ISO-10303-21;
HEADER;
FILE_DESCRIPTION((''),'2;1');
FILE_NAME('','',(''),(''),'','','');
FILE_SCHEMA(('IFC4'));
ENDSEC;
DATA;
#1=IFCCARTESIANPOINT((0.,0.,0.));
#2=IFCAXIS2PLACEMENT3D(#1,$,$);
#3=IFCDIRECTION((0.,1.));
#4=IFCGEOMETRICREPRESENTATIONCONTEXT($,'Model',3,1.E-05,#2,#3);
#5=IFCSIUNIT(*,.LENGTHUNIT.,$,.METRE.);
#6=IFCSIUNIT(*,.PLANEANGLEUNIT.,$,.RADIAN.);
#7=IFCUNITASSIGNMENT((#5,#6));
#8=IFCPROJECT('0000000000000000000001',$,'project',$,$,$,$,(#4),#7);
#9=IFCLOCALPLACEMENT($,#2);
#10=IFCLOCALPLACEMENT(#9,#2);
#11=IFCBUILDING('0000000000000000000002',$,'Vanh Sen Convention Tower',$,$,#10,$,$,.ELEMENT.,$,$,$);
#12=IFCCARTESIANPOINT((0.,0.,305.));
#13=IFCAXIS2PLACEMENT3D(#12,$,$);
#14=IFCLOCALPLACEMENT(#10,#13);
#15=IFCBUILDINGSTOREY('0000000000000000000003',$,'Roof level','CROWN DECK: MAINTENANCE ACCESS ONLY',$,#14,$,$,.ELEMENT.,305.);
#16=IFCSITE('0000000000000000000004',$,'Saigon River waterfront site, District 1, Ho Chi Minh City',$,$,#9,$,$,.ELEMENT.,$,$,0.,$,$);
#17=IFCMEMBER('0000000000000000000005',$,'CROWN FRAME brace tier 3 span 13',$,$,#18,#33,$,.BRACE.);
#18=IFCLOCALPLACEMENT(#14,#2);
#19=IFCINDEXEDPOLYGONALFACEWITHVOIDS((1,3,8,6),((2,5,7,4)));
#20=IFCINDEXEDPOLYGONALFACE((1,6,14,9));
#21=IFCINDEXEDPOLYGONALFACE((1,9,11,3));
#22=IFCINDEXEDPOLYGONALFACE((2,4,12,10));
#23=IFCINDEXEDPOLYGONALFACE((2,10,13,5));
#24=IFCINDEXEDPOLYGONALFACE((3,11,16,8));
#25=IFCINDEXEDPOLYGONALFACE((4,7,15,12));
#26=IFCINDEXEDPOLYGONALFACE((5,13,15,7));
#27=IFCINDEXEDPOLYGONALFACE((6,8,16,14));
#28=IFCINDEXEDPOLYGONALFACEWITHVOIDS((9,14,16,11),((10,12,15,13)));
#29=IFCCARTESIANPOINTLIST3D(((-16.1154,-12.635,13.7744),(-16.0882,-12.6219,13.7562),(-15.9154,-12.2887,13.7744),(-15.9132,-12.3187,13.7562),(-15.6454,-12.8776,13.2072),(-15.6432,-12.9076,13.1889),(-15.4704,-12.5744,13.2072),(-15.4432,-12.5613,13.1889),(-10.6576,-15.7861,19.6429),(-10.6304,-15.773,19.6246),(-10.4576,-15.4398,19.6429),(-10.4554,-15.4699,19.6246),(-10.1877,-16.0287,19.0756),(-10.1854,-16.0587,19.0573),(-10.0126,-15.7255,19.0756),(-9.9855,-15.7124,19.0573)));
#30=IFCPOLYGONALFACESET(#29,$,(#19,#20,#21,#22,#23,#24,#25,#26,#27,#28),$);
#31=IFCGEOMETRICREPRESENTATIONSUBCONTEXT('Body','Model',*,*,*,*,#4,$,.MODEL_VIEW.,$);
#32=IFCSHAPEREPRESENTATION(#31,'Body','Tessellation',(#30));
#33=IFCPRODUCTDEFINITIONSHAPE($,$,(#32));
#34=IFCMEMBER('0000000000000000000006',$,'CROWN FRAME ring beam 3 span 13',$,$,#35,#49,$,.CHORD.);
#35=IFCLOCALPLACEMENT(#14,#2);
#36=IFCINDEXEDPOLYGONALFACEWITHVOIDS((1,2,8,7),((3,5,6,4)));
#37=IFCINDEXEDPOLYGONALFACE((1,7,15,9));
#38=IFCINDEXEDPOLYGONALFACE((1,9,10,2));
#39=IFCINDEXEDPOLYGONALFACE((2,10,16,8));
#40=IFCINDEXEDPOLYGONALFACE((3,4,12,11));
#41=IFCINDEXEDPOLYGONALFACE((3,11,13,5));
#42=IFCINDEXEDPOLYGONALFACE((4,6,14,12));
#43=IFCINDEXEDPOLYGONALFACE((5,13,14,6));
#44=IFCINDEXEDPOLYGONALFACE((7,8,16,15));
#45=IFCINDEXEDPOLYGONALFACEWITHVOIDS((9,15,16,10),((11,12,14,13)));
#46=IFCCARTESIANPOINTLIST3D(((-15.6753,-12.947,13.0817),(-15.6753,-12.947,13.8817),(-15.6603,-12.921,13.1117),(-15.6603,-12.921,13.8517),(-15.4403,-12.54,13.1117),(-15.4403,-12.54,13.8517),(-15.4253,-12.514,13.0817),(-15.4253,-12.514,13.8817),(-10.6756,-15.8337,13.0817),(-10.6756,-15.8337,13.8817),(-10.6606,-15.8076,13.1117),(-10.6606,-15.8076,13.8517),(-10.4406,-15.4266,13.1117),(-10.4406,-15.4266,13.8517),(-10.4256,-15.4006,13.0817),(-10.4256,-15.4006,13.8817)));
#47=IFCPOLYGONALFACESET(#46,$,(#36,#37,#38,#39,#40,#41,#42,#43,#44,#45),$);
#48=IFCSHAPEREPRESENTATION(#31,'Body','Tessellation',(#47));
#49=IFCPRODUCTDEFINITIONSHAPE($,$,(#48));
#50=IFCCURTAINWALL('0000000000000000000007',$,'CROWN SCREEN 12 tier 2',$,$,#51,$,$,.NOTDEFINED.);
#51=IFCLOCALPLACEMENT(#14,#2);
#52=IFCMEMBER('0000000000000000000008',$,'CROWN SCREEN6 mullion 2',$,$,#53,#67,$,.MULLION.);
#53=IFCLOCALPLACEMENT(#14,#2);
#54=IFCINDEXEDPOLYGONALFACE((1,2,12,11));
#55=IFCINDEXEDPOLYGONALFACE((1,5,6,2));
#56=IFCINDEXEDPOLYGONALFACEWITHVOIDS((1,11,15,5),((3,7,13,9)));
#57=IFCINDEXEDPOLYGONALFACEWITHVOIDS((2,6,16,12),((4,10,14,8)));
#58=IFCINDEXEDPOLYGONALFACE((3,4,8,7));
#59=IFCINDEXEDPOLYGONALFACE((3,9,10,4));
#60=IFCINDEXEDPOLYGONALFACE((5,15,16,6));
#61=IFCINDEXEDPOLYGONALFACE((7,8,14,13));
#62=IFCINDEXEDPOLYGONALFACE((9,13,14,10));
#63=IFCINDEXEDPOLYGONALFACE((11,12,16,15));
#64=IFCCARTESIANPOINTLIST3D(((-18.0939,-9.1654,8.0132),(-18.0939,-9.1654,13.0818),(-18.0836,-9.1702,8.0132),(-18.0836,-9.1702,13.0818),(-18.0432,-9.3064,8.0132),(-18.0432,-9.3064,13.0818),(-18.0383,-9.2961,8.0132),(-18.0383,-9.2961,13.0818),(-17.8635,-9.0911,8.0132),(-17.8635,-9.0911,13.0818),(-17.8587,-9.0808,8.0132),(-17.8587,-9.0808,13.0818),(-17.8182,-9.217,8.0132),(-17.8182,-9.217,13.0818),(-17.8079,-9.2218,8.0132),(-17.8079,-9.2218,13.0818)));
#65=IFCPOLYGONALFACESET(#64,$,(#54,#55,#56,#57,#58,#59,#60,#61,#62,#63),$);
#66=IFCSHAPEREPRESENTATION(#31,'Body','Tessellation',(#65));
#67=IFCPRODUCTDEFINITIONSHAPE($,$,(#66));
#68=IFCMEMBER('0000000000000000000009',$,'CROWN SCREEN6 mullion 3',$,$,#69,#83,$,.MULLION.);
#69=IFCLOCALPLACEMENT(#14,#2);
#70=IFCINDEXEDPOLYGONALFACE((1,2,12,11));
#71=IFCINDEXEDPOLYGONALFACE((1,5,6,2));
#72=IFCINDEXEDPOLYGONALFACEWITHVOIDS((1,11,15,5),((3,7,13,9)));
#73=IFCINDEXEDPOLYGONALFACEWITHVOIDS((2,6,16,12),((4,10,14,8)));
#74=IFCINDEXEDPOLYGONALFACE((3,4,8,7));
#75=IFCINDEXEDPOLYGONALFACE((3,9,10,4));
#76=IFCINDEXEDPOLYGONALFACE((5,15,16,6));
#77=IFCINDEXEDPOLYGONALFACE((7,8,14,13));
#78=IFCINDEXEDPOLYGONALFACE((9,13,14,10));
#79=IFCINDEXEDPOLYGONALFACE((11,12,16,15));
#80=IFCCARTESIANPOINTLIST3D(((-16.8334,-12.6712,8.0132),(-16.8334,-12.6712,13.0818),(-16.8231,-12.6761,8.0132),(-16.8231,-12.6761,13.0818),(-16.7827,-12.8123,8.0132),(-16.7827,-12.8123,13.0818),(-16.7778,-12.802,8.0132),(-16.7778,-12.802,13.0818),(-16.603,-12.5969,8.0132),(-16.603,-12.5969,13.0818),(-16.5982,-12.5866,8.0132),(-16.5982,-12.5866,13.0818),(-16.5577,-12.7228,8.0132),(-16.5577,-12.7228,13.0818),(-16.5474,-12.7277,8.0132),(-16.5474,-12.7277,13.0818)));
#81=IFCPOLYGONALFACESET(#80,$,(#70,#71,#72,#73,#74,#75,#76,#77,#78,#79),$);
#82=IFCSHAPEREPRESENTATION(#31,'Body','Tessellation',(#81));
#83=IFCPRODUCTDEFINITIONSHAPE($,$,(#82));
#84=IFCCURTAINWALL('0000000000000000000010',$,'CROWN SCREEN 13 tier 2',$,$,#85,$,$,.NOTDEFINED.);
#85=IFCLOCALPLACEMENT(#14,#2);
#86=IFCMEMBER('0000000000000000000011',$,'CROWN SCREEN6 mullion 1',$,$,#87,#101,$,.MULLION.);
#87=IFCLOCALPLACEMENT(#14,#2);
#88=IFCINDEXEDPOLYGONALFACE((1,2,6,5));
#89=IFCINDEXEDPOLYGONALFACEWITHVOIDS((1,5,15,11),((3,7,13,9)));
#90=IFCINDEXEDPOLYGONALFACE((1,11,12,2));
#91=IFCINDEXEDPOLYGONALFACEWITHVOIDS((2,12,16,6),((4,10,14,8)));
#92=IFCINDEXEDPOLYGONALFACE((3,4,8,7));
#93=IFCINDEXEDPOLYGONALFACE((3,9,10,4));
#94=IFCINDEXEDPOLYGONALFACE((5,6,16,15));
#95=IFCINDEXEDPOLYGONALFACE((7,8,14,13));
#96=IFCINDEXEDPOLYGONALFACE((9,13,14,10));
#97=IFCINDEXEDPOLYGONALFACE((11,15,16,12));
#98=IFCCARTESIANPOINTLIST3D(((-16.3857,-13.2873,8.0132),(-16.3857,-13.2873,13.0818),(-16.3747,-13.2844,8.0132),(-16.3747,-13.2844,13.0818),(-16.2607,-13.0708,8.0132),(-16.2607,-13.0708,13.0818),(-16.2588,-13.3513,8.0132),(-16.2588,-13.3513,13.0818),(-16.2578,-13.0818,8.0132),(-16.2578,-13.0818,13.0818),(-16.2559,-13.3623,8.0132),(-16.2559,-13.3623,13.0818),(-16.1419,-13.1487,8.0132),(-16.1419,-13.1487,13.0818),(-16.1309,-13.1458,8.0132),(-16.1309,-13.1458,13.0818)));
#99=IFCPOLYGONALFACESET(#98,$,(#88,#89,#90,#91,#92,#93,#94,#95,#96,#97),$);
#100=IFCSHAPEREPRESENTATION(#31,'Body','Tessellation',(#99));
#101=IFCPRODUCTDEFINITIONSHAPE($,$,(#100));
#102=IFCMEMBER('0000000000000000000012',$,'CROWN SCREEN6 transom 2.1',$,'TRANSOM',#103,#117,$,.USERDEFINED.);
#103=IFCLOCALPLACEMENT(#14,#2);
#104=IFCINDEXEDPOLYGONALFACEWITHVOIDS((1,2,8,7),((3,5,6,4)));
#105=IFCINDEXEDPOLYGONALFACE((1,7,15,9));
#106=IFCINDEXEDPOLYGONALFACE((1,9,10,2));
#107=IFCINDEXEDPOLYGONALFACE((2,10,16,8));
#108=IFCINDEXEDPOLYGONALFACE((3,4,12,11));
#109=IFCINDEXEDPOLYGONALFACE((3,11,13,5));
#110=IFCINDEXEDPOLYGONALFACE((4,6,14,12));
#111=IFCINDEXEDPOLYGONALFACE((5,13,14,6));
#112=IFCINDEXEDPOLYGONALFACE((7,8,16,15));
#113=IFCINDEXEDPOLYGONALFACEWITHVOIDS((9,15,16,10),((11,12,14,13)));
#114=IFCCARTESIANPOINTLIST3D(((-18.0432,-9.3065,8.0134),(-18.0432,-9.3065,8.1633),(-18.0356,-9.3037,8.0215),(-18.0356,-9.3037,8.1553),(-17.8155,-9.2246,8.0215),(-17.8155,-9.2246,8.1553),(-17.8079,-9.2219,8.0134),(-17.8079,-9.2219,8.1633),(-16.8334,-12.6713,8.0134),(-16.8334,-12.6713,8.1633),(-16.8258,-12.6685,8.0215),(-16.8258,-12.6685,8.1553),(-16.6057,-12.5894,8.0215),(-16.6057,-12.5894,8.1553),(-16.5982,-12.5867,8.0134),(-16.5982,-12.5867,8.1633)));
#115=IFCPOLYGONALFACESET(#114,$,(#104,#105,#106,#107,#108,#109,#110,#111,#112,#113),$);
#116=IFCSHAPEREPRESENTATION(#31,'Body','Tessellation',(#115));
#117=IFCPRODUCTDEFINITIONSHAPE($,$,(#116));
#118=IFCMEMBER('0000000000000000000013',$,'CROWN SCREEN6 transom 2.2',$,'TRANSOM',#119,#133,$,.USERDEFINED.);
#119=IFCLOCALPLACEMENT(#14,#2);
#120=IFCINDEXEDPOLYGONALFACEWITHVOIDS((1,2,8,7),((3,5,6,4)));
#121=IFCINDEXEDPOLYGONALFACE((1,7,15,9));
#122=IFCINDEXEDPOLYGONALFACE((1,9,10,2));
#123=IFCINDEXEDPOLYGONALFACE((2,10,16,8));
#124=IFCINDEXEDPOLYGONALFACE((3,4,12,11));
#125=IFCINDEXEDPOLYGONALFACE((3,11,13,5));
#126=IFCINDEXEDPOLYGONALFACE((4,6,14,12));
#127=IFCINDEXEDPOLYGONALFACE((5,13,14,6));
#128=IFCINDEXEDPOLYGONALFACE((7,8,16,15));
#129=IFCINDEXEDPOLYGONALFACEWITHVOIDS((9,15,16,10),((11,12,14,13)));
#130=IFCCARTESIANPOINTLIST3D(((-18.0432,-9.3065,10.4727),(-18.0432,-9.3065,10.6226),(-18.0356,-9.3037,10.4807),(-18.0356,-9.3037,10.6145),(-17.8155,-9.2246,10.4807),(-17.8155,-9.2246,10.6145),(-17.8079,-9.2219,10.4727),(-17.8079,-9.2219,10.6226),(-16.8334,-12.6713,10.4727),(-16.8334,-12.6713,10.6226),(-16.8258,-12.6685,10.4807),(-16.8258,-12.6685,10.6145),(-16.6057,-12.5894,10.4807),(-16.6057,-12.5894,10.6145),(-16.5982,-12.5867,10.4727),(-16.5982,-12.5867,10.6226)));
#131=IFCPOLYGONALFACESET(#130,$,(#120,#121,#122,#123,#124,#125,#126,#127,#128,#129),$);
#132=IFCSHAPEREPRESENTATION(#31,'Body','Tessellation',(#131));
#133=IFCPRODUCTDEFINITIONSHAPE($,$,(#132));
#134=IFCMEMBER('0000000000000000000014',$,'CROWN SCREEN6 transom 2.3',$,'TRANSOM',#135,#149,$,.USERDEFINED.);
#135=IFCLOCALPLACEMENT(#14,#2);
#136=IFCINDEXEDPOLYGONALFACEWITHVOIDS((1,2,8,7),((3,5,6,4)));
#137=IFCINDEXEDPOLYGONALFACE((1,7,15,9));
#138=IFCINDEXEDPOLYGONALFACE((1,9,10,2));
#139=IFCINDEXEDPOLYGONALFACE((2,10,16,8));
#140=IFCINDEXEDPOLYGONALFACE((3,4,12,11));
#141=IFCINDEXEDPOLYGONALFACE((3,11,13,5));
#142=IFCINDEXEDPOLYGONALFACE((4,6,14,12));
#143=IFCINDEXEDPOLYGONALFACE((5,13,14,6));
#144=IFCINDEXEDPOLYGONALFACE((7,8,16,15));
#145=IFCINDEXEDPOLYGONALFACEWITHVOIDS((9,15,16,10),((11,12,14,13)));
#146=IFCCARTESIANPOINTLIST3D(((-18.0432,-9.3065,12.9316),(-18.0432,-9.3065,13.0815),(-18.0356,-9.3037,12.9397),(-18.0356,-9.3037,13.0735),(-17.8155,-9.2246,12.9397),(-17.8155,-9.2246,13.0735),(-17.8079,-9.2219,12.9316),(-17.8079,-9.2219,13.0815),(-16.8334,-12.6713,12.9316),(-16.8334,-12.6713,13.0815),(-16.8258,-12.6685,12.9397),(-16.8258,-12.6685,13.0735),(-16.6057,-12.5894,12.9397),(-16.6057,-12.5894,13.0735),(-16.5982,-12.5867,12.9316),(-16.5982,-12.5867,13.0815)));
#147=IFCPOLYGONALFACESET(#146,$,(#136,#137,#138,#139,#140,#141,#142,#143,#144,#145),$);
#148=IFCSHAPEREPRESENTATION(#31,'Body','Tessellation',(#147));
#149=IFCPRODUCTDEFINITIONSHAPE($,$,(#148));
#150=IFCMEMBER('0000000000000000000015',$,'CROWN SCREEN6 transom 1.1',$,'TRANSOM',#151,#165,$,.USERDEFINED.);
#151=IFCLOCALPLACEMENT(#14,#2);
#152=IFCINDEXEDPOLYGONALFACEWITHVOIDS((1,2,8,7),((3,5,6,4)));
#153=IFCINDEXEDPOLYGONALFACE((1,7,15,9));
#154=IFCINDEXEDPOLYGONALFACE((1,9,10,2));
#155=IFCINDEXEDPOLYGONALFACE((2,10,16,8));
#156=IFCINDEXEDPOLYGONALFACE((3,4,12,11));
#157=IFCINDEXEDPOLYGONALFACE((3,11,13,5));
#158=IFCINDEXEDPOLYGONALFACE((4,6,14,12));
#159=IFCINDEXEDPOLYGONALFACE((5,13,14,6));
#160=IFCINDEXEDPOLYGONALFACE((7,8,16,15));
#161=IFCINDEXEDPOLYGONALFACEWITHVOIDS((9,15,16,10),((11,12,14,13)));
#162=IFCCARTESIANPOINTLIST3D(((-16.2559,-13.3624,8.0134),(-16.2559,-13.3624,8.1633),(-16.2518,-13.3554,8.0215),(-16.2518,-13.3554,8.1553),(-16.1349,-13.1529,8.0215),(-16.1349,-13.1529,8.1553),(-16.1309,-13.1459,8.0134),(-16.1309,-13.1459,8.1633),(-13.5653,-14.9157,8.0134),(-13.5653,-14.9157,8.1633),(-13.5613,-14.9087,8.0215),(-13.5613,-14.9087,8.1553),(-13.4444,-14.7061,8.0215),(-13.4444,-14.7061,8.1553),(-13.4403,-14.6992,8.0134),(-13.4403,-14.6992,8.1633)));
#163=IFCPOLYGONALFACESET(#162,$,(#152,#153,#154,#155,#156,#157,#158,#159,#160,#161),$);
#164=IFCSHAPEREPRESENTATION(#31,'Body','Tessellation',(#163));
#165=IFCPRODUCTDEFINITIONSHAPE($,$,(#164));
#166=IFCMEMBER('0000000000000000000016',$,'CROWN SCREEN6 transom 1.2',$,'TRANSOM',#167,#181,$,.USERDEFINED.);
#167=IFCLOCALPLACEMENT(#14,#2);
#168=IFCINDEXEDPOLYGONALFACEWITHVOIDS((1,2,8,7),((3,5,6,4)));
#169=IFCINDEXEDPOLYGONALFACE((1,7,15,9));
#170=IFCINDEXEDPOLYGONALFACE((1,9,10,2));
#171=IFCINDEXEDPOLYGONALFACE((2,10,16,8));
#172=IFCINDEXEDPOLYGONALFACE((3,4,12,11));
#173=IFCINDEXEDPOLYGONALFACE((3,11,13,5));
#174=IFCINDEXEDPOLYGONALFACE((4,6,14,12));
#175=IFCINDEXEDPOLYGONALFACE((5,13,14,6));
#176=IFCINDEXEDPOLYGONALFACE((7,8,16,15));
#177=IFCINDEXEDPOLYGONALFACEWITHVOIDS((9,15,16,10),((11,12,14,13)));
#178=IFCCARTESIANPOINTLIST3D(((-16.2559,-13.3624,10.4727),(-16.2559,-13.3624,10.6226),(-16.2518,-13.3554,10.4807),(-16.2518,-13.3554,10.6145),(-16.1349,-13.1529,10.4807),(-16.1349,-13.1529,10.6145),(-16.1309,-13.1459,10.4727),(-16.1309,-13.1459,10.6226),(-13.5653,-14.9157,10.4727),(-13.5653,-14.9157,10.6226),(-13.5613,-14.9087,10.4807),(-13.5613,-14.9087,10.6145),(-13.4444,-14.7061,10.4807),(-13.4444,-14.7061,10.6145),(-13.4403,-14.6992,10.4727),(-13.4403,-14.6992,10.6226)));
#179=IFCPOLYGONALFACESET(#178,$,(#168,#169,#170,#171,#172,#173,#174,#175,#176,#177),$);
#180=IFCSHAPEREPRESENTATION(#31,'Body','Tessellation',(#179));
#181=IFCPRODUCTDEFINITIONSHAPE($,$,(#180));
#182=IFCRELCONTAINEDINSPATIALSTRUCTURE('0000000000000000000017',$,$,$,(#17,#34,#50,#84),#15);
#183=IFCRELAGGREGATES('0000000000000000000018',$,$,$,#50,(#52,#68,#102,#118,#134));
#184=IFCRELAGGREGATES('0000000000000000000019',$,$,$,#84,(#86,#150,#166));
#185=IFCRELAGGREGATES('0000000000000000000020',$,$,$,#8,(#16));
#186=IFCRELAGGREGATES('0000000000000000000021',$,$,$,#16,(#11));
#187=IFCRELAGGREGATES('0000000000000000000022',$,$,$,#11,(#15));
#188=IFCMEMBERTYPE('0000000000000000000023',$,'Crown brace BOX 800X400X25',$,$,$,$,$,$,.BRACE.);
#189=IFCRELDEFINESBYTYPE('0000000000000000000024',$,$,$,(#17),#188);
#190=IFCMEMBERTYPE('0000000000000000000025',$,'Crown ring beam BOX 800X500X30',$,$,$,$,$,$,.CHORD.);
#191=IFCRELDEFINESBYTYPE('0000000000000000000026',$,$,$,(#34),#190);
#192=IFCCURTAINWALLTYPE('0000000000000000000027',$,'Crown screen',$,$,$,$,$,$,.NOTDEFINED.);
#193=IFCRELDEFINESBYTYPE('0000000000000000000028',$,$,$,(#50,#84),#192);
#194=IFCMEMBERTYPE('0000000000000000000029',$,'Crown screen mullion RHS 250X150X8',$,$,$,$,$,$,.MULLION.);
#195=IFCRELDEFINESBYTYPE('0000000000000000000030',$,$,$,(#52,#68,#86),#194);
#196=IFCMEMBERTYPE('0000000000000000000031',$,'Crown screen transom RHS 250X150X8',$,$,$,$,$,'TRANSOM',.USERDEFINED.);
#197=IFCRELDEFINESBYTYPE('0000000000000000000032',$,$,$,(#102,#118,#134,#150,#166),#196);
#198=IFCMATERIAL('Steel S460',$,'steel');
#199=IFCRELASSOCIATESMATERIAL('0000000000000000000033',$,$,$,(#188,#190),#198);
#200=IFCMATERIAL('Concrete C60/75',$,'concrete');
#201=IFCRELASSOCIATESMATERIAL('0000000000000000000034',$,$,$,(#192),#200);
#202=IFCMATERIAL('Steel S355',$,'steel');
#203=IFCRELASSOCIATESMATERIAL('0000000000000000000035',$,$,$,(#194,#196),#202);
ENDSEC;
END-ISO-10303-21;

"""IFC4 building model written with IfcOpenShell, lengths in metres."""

from ifc_helpers import new_model, si_unit, direction, frame, origin, origin_2d, place, context, subcontext, project, spatial, hollow_rectangle, extrude, material, material_profile, profile_set, type_object, element, aggregate, save


model = new_model("IFC4")

# Units and contexts
model_context = context("Model", 3, precision=1e-05, world=origin(), true_north=direction((0.0, 1.0)))
body_context = subcontext(model_context, "Body", "Model", "MODEL_VIEW")
ifc_project = project(units=[si_unit("LENGTHUNIT", "METRE"), si_unit("PLANEANGLEUNIT", "RADIAN")], contexts=[model_context])

# Site, building, storey
site_placement = place(None, origin())
site = spatial("IfcSite", under=ifc_project, at=site_placement, Name="Saigon River waterfront site, District 1, Ho Chi Minh City", CompositionType="ELEMENT", RefElevation=0.0)
building_placement = place(site_placement, origin())
building = spatial("IfcBuilding", under=site, at=building_placement, Name="Vanh Sen Convention Tower", CompositionType="ELEMENT")
storey_placement = place(building_placement, frame((0.0, 0.0, 305.0)))
storey = spatial("IfcBuildingStorey", under=building, at=storey_placement, Name="Roof level", Description="CROWN DECK: MAINTENANCE ACCESS ONLY", CompositionType="ELEMENT", Elevation=305.0)

# Members
ifc_material_1 = material(Name="Steel S460", Category="steel")
ifc_material_profile_1 = material_profile(ifc_material_1, hollow_rectangle(XDim=0.3999, YDim=0.8, WallThickness=0.0249, at=origin_2d()), Name="BOX 800X400X25")
ifc_profile_set_1 = profile_set([ifc_material_profile_1], Name="Steel S460")
member_type_1 = type_object("IfcMemberType", Name="Crown brace BOX 800X400X25", PredefinedType="BRACE", material=ifc_profile_set_1)
member_1_placement = place(storey_placement, frame((-15.7793, -12.5981, 13.4817), z_axis=(0.633789, -0.365928, 0.681475), x_axis=(0.50001, 0.86602, 0.0)))
element("IfcMember", 1, at=member_1_placement, inside=storey, type_object=member_type_1, Name="CROWN FRAME brace tier 3 span 13", PredefinedType="BRACE", context=body_context, shape_type="SweptSolid", body=[
    extrude(hollow_rectangle(XDim=0.3999, YDim=0.8, WallThickness=0.0249, at=origin_2d()), origin(), (0.0, 0.0, 1.0), 8.6113),
])
ifc_material_profile_2 = material_profile(ifc_material_1, hollow_rectangle(XDim=0.5, YDim=0.8, WallThickness=0.03, at=origin_2d()), Name="BOX 800X500X30")
ifc_profile_set_2 = profile_set([ifc_material_profile_2], Name="Steel S460")
member_type_2 = type_object("IfcMemberType", Name="Crown ring beam BOX 800X500X30", PredefinedType="CHORD", material=ifc_profile_set_2)
member_2_placement = place(storey_placement, frame((-15.5503, -12.7305, 13.4817), z_axis=(0.866017, -0.500014, 0.0), x_axis=(0.500014, 0.866017, 0.0)))
element("IfcMember", 2, at=member_2_placement, inside=storey, type_object=member_type_2, Name="CROWN FRAME ring beam 3 span 13", PredefinedType="CHORD", context=body_context, shape_type="SweptSolid", body=[
    extrude(hollow_rectangle(XDim=0.5, YDim=0.8, WallThickness=0.03, at=origin_2d()), origin(), (0.0, 0.0, 1.0), 5.7732),
])

# Curtain wall, members
ifc_material_2 = material(Name="Concrete C60/75", Category="concrete")
curtain_wall_type = type_object("IfcCurtainWallType", Name="Crown screen", PredefinedType="NOTDEFINED", material=ifc_material_2)
curtain_wall_1_placement = place(storey_placement, origin())
curtain_wall_1 = element("IfcCurtainWall", 3, at=curtain_wall_1_placement, inside=storey, type_object=curtain_wall_type, Name="CROWN SCREEN 12 tier 2", PredefinedType="NOTDEFINED")
ifc_material_3 = material(Name="Steel S355", Category="steel")
ifc_material_profile_3 = material_profile(ifc_material_3, hollow_rectangle(XDim=0.25, YDim=0.1499, WallThickness=0.0081, at=origin_2d()), Name="RHS 250X150X8")
ifc_profile_set_3 = profile_set([ifc_material_profile_3], Name="Steel S355")
member_type_3 = type_object("IfcMemberType", Name="Crown screen mullion RHS 250X150X8", PredefinedType="MULLION", material=ifc_profile_set_3)
member_3_placement = place(storey_placement, frame((-17.9509, -9.1936, 8.0132), z_axis=(0.0, 0.0, 1.0), x_axis=(0.941021, 0.338349, 0.0)))
member_3 = element("IfcMember", 4, at=member_3_placement, type_object=member_type_3, Name="CROWN SCREEN6 mullion 2", PredefinedType="MULLION", context=body_context, shape_type="SweptSolid", body=[
    extrude(hollow_rectangle(XDim=0.25, YDim=0.1499, WallThickness=0.0081, at=origin_2d()), origin(), (0.0, 0.0, 1.0), 5.0686),
])
member_4_placement = place(storey_placement, frame((-16.6904, -12.6995, 8.0132), z_axis=(0.0, 0.0, 1.0), x_axis=(0.941021, 0.338349, 0.0)))
member_4 = element("IfcMember", 5, at=member_4_placement, type_object=member_type_3, Name="CROWN SCREEN6 mullion 3", PredefinedType="MULLION", context=body_context, shape_type="SweptSolid", body=[
    extrude(hollow_rectangle(XDim=0.25, YDim=0.1499, WallThickness=0.0081, at=origin_2d()), origin(), (0.0, 0.0, 1.0), 5.0686),
])

# Curtain wall, member
curtain_wall_2_placement = place(storey_placement, origin())
curtain_wall_2 = element("IfcCurtainWall", 6, at=curtain_wall_2_placement, inside=storey, type_object=curtain_wall_type, Name="CROWN SCREEN 13 tier 2", PredefinedType="NOTDEFINED")
member_5_placement = place(storey_placement, frame((-16.2583, -13.2166, 8.0132), z_axis=(0.0, 0.0, 1.0), x_axis=(0.500005, 0.866023, 0.0)))
member_5 = element("IfcMember", 7, at=member_5_placement, type_object=member_type_3, Name="CROWN SCREEN6 mullion 1", PredefinedType="MULLION", context=body_context, shape_type="SweptSolid", body=[
    extrude(hollow_rectangle(XDim=0.25, YDim=0.1499, WallThickness=0.0081, at=origin_2d()), origin(), (0.0, 0.0, 1.0), 5.0686),
])

# Members
ifc_material_profile_4 = material_profile(ifc_material_3, hollow_rectangle(XDim=0.25, YDim=0.1499, WallThickness=0.0081, at=origin_2d()), Name="RHS 250X150X8")
ifc_profile_set_4 = profile_set([ifc_material_profile_4], Name="Steel S355")
member_type_4 = type_object("IfcMemberType", Name="Crown screen transom RHS 250X150X8", ElementType="TRANSOM", PredefinedType="USERDEFINED", material=ifc_profile_set_4)
member_6_placement = place(storey_placement, frame((-17.9255, -9.2642, 8.0884), z_axis=(0.338325, -0.941029, 0.0), x_axis=(0.941029, 0.338325, 0.0)))
member_6 = element("IfcMember", 8, at=member_6_placement, type_object=member_type_4, Name="CROWN SCREEN6 transom 2.1", ObjectType="TRANSOM", PredefinedType="USERDEFINED", context=body_context, shape_type="SweptSolid", body=[
    extrude(hollow_rectangle(XDim=0.25, YDim=0.1499, WallThickness=0.0081, at=origin_2d()), origin(), (0.0, 0.0, 1.0), 3.5757),
])
member_7_placement = place(storey_placement, frame((-17.9255, -9.2642, 10.5476), z_axis=(0.338325, -0.941029, 0.0), x_axis=(0.941029, 0.338325, 0.0)))
member_7 = element("IfcMember", 9, at=member_7_placement, type_object=member_type_4, Name="CROWN SCREEN6 transom 2.2", ObjectType="TRANSOM", PredefinedType="USERDEFINED", context=body_context, shape_type="SweptSolid", body=[
    extrude(hollow_rectangle(XDim=0.25, YDim=0.1499, WallThickness=0.0081, at=origin_2d()), origin(), (0.0, 0.0, 1.0), 3.5757),
])
member_8_placement = place(storey_placement, frame((-17.9255, -9.2642, 13.0066), z_axis=(0.338325, -0.941029, 0.0), x_axis=(0.941029, 0.338325, 0.0)))
member_8 = element("IfcMember", 10, at=member_8_placement, type_object=member_type_4, Name="CROWN SCREEN6 transom 2.3", ObjectType="TRANSOM", PredefinedType="USERDEFINED", context=body_context, shape_type="SweptSolid", body=[
    extrude(hollow_rectangle(XDim=0.25, YDim=0.1499, WallThickness=0.0081, at=origin_2d()), origin(), (0.0, 0.0, 1.0), 3.5757),
])
member_9_placement = place(storey_placement, frame((-16.1934, -13.2542, 8.0884), z_axis=(0.866039, -0.499976, 0.0), x_axis=(0.499976, 0.866039, 0.0)))
member_9 = element("IfcMember", 11, at=member_9_placement, type_object=member_type_4, Name="CROWN SCREEN6 transom 1.1", ObjectType="TRANSOM", PredefinedType="USERDEFINED", context=body_context, shape_type="SweptSolid", body=[
    extrude(hollow_rectangle(XDim=0.25, YDim=0.1499, WallThickness=0.0081, at=origin_2d()), origin(), (0.0, 0.0, 1.0), 3.1067),
])
member_10_placement = place(storey_placement, frame((-16.1934, -13.2542, 10.5476), z_axis=(0.866039, -0.499976, 0.0), x_axis=(0.499976, 0.866039, 0.0)))
member_10 = element("IfcMember", 12, at=member_10_placement, type_object=member_type_4, Name="CROWN SCREEN6 transom 1.2", ObjectType="TRANSOM", PredefinedType="USERDEFINED", context=body_context, shape_type="SweptSolid", body=[
    extrude(hollow_rectangle(XDim=0.25, YDim=0.1499, WallThickness=0.0081, at=origin_2d()), origin(), (0.0, 0.0, 1.0), 3.1067),
])

aggregate(curtain_wall_1, [member_3, member_4, member_6, member_7, member_8])
aggregate(curtain_wall_2, [member_5, member_9, member_10])

save(model, "model.ifc")
